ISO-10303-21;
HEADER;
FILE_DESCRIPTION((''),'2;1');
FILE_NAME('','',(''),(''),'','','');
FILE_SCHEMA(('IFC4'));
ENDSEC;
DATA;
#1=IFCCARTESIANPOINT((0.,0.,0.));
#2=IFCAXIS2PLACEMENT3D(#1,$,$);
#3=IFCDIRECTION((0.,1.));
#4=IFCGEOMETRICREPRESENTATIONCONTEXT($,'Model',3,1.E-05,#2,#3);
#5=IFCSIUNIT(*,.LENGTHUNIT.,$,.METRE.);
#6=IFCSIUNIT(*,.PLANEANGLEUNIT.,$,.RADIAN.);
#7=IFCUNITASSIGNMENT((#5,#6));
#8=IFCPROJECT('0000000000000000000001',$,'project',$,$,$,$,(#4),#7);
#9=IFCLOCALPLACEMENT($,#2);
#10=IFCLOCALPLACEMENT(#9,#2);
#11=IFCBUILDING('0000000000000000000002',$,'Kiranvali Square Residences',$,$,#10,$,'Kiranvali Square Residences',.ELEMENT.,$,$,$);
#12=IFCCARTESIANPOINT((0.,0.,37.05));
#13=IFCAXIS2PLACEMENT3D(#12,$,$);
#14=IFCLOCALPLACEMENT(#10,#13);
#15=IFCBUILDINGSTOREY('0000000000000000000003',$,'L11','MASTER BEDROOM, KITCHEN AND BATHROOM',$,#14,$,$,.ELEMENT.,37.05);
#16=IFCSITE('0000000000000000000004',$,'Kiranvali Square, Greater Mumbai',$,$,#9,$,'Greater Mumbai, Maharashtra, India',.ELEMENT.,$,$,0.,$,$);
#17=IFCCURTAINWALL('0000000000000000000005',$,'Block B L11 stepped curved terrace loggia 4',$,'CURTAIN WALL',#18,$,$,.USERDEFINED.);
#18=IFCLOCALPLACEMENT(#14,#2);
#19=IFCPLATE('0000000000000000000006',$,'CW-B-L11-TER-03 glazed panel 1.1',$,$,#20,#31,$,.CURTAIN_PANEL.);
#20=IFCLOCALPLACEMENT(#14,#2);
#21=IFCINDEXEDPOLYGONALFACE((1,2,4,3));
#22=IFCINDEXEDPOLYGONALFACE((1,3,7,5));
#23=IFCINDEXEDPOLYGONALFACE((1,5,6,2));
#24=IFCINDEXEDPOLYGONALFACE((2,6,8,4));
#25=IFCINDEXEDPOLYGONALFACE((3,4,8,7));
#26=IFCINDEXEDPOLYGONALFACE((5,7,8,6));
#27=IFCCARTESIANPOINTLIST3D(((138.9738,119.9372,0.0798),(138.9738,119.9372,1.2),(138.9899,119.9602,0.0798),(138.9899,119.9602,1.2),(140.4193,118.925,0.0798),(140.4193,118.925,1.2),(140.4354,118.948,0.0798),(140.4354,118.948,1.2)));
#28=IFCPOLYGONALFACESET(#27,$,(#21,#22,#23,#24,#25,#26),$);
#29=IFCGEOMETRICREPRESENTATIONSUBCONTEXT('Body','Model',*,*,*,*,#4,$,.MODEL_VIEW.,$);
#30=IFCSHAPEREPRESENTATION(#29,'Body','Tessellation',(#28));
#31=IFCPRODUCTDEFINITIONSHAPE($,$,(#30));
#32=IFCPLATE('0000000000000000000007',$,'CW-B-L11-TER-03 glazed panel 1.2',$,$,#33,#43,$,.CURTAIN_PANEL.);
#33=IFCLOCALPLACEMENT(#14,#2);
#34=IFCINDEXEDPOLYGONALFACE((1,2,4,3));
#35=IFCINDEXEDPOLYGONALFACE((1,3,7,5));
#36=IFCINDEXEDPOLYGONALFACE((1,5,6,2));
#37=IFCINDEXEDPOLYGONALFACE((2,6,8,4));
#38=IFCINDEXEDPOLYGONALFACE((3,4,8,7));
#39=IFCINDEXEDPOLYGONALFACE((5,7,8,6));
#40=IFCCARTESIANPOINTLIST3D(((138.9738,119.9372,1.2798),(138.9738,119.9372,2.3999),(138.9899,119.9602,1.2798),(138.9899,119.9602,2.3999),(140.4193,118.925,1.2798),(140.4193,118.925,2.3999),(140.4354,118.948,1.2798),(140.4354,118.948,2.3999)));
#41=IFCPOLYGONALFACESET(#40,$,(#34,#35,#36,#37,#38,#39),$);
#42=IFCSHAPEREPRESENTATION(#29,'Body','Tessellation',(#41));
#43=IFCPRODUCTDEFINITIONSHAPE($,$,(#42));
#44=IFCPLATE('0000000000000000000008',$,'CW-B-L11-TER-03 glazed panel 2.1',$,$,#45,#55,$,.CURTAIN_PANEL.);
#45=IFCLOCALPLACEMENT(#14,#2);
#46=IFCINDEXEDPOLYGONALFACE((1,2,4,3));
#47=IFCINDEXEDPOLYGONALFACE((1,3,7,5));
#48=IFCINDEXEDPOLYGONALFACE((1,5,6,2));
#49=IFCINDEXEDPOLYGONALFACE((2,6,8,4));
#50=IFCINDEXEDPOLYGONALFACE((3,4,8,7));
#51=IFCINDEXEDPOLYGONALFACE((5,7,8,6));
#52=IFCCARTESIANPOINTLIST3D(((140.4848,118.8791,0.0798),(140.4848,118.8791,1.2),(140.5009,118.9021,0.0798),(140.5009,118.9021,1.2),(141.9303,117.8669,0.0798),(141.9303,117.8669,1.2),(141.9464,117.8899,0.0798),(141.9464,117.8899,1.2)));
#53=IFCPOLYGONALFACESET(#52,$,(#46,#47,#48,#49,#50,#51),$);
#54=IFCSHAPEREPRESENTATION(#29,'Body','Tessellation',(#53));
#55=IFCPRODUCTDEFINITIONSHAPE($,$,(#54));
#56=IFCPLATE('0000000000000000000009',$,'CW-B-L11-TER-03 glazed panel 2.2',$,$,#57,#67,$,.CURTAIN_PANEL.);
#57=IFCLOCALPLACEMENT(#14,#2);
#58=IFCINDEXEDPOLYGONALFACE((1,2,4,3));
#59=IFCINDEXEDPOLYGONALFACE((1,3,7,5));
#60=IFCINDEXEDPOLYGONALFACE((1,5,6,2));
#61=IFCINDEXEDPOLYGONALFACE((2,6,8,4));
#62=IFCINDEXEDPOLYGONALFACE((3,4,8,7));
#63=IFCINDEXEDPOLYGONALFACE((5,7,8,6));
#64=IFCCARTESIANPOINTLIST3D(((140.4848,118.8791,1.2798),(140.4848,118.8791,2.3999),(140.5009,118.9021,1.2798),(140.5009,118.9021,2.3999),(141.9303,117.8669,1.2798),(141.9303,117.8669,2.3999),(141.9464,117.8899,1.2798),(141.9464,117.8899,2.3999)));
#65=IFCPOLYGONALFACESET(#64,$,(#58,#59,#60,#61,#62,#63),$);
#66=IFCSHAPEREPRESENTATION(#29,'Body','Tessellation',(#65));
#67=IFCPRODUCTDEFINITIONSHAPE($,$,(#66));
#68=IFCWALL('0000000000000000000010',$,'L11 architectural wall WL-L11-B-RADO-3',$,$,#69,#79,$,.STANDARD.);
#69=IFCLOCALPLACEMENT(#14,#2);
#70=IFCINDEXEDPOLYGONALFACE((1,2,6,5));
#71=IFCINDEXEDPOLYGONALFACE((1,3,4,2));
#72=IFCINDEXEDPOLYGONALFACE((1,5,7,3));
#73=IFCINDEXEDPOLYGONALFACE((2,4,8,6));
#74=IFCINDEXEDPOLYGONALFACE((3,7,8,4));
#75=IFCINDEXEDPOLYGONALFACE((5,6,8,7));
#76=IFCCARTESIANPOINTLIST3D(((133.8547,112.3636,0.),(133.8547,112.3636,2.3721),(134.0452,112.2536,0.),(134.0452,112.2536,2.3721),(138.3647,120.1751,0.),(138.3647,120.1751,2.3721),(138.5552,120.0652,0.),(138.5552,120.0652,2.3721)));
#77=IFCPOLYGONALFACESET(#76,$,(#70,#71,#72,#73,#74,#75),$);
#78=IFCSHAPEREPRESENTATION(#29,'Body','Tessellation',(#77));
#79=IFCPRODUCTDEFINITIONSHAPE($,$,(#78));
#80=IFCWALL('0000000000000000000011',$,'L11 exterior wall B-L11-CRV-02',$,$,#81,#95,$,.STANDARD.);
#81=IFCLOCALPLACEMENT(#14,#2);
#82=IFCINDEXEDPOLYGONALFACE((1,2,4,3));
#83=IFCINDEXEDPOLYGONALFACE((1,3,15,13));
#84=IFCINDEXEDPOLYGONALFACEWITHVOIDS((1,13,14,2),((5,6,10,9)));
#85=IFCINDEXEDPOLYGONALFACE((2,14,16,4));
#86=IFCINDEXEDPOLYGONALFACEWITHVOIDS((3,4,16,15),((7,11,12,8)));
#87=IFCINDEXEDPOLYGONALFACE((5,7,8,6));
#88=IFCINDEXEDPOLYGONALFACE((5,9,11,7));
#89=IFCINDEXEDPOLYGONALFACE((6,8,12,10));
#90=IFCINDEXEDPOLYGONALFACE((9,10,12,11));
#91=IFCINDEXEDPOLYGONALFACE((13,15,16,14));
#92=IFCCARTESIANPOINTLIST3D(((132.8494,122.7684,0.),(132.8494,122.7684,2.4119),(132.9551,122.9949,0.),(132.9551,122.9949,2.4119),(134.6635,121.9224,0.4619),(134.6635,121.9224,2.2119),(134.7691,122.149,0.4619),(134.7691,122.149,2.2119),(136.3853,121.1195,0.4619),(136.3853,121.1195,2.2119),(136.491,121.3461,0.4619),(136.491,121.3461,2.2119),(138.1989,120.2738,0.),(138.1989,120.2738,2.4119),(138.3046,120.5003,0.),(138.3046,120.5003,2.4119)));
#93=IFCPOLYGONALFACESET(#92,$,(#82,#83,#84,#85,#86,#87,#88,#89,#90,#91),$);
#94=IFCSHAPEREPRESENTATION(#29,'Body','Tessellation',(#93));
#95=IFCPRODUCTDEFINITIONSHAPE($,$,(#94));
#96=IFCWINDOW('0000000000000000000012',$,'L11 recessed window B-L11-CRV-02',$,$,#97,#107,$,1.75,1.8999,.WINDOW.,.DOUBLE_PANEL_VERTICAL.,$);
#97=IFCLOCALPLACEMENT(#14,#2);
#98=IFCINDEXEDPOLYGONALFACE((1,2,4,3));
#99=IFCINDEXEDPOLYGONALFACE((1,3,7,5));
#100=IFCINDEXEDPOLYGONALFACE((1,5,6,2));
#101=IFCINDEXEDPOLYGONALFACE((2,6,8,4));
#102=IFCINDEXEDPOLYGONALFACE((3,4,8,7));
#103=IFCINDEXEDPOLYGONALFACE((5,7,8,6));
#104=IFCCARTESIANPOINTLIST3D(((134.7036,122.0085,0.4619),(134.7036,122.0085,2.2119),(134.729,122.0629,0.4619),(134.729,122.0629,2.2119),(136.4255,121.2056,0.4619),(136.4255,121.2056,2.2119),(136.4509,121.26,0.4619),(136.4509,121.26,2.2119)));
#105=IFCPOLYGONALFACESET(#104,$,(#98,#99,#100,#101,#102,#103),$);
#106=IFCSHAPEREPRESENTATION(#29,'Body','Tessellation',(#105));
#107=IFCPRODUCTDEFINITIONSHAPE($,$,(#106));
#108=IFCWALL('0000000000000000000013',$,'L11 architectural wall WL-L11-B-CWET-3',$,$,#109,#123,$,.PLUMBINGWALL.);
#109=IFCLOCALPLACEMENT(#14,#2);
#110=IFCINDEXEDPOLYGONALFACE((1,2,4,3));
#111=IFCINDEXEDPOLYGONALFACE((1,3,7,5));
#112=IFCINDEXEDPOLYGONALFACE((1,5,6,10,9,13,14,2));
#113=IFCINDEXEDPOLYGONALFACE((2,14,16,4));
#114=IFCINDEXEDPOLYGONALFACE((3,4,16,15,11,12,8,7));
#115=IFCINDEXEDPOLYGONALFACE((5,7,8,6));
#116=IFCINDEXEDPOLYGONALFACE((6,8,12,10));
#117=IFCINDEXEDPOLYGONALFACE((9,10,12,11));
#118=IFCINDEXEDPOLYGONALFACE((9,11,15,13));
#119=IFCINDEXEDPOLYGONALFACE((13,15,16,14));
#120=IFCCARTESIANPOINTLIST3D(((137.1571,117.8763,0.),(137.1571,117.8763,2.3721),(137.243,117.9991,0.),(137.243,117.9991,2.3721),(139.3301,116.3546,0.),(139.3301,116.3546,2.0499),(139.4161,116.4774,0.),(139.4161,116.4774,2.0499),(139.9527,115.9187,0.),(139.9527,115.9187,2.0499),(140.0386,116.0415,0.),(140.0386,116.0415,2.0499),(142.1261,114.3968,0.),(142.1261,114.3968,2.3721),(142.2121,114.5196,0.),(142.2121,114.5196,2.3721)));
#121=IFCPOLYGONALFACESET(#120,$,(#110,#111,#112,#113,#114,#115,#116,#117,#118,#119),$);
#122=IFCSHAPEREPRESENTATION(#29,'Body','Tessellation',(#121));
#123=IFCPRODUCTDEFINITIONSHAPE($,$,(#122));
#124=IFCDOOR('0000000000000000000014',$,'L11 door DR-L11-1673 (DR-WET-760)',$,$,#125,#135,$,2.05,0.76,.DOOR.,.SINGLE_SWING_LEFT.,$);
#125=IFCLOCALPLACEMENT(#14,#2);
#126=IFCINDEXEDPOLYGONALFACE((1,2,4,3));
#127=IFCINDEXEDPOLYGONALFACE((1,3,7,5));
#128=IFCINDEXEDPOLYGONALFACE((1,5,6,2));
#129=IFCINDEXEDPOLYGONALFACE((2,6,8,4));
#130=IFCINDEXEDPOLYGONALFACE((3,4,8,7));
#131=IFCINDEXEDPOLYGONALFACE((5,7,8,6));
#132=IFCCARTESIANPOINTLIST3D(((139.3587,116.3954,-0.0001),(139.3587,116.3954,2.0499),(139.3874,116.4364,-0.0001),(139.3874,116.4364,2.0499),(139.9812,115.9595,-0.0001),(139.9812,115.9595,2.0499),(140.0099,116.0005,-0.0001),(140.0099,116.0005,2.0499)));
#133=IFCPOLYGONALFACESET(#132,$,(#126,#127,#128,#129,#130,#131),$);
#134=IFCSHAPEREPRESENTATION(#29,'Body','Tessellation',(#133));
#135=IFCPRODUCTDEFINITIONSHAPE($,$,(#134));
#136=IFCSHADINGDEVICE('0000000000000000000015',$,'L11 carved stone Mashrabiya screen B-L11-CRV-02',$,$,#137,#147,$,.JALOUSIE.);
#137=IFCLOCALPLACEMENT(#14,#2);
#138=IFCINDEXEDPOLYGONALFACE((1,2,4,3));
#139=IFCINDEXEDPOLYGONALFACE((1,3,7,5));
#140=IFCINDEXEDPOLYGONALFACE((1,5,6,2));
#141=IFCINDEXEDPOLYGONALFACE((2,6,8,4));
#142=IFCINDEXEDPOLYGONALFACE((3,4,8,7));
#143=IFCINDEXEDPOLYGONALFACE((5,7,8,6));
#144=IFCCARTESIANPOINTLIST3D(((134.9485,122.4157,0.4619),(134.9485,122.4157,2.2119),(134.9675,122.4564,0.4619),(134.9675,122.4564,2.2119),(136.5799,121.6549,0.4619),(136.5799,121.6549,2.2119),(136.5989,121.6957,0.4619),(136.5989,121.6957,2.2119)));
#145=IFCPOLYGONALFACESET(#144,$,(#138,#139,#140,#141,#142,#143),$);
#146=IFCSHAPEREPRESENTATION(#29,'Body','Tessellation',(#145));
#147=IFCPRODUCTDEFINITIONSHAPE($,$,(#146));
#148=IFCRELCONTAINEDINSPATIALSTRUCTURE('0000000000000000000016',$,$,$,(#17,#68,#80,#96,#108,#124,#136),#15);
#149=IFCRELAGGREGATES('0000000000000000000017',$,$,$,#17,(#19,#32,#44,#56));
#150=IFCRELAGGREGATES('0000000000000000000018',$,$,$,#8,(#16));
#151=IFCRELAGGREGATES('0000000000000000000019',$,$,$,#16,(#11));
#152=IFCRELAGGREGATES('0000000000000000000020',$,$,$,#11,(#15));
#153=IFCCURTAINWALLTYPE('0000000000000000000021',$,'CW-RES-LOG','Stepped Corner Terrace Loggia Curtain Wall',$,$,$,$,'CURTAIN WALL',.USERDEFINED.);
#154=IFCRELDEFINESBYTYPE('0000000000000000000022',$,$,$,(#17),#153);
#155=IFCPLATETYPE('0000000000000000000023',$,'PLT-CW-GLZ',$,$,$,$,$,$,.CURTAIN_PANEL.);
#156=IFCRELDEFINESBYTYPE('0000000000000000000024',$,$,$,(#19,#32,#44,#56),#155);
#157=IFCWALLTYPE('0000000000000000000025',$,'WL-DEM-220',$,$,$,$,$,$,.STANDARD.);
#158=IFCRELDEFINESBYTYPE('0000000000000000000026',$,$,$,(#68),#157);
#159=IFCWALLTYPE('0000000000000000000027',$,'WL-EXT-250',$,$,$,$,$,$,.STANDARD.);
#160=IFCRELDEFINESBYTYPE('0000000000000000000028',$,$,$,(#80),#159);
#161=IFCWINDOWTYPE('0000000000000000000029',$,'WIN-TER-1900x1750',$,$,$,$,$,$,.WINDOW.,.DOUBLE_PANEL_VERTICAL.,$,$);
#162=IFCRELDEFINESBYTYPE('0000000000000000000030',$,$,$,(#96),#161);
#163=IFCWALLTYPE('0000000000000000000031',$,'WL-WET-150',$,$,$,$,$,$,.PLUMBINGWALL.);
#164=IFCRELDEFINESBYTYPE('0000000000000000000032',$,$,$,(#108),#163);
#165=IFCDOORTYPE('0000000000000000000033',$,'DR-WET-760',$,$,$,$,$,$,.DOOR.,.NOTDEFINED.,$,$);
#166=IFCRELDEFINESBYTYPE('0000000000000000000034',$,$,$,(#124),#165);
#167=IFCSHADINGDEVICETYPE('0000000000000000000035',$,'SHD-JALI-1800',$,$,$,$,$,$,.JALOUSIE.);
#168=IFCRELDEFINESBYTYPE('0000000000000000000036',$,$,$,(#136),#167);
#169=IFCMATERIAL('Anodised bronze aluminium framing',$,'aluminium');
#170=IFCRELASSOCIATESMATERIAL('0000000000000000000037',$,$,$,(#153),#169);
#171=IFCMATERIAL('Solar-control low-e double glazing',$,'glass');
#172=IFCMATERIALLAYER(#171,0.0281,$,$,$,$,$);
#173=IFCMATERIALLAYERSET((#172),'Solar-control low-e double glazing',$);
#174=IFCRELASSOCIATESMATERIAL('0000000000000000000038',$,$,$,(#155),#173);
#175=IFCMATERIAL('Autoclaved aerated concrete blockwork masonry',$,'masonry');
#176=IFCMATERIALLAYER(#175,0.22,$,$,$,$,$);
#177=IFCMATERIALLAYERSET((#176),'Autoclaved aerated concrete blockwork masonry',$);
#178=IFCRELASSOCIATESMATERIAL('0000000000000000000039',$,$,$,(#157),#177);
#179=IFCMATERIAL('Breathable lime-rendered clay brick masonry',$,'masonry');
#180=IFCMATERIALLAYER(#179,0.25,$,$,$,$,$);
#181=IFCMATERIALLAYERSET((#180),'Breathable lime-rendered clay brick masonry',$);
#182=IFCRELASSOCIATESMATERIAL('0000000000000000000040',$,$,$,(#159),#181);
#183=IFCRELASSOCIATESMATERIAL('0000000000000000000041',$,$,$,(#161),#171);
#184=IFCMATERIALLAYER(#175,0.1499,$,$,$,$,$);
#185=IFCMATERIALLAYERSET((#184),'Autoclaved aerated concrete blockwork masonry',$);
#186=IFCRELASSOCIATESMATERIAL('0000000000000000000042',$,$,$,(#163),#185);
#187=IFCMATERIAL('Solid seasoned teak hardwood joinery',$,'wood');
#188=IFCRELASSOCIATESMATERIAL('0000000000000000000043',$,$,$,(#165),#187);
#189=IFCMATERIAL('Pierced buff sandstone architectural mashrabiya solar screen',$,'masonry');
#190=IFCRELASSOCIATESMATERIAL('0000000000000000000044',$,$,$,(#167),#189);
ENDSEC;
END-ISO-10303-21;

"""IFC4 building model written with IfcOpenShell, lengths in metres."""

from ifc_helpers import new_model, si_unit, direction, frame, frame_2d, origin, origin_2d, place, context, subcontext, project, spatial, rectangle, extrude, material, layer, layer_set, type_object, element, fill, aggregate, save


model = new_model("IFC4")

# Units and contexts
model_context = context("Model", 3, precision=1e-05, world=origin(), true_north=direction((0.0, 1.0)))
body_context = subcontext(model_context, "Body", "Model", "MODEL_VIEW")
ifc_project = project(units=[si_unit("LENGTHUNIT", "METRE"), si_unit("PLANEANGLEUNIT", "RADIAN")], contexts=[model_context])

# Site, building, storey
site_placement = place(None, origin())
site = spatial("IfcSite", under=ifc_project, at=site_placement, Name="Kiranvali Square, Greater Mumbai", LongName="Greater Mumbai, Maharashtra, India", CompositionType="ELEMENT", RefElevation=0.0)
building_placement = place(site_placement, origin())
building = spatial("IfcBuilding", under=site, at=building_placement, Name="Kiranvali Square Residences", LongName="Kiranvali Square Residences", CompositionType="ELEMENT")
storey_placement = place(building_placement, frame((0.0, 0.0, 37.05)))
storey = spatial("IfcBuildingStorey", under=building, at=storey_placement, Name="L11", Description="MASTER BEDROOM, KITCHEN AND BATHROOM", CompositionType="ELEMENT", Elevation=37.05)

# Curtain wall
ifc_material_1 = material(Name="Anodised bronze aluminium framing", Category="aluminium")
curtain_wall_type = type_object("IfcCurtainWallType", Name="CW-RES-LOG", Description="Stepped Corner Terrace Loggia Curtain Wall", ElementType="CURTAIN WALL", PredefinedType="USERDEFINED", material=ifc_material_1)
curtain_wall_placement = place(storey_placement, origin())
curtain_wall = element("IfcCurtainWall", 1, at=curtain_wall_placement, inside=storey, type_object=curtain_wall_type, Name="Block B L11 stepped curved terrace loggia 4", ObjectType="CURTAIN WALL", PredefinedType="USERDEFINED")

# Plates
ifc_material_2 = material(Name="Solar-control low-e double glazing", Category="glass")
ifc_layer_1 = layer(ifc_material_2, 0.0281)
ifc_layer_set_1 = layer_set([ifc_layer_1], Name="Solar-control low-e double glazing")
plate_type = type_object("IfcPlateType", Name="PLT-CW-GLZ", PredefinedType="CURTAIN_PANEL", material=ifc_layer_set_1)
plate_1_placement = place(storey_placement, frame((139.7046, 119.4426, 0.0798), z_axis=(0.0, 0.0, 1.0), x_axis=(0.819152, -0.573576, 0.0)))
plate_1 = element("IfcPlate", 2, at=plate_1_placement, type_object=plate_type, Name="CW-B-L11-TER-03 glazed panel 1.1", PredefinedType="CURTAIN_PANEL", context=body_context, shape_type="SweptSolid", body=[
    extrude(rectangle(XDim=1.7646, YDim=0.0281, at=origin_2d()), origin(), (0.0, 0.0, 1.0), 1.1201),
])
plate_2_placement = place(storey_placement, frame((139.7046, 119.4426, 1.2798), z_axis=(0.0, 0.0, 1.0), x_axis=(0.819152, -0.573576, 0.0)))
plate_2 = element("IfcPlate", 3, at=plate_2_placement, type_object=plate_type, Name="CW-B-L11-TER-03 glazed panel 1.2", PredefinedType="CURTAIN_PANEL", context=body_context, shape_type="SweptSolid", body=[
    extrude(rectangle(XDim=1.7646, YDim=0.0281, at=origin_2d()), origin(), (0.0, 0.0, 1.0), 1.1201),
])
plate_3_placement = place(storey_placement, frame((141.2156, 118.3845, 0.0798), z_axis=(0.0, 0.0, 1.0), x_axis=(0.819152, -0.573576, 0.0)))
plate_3 = element("IfcPlate", 4, at=plate_3_placement, type_object=plate_type, Name="CW-B-L11-TER-03 glazed panel 2.1", PredefinedType="CURTAIN_PANEL", context=body_context, shape_type="SweptSolid", body=[
    extrude(rectangle(XDim=1.7646, YDim=0.0281, at=origin_2d()), origin(), (0.0, 0.0, 1.0), 1.1201),
])
plate_4_placement = place(storey_placement, frame((141.2156, 118.3845, 1.2798), z_axis=(0.0, 0.0, 1.0), x_axis=(0.819152, -0.573576, 0.0)))
plate_4 = element("IfcPlate", 5, at=plate_4_placement, type_object=plate_type, Name="CW-B-L11-TER-03 glazed panel 2.2", PredefinedType="CURTAIN_PANEL", context=body_context, shape_type="SweptSolid", body=[
    extrude(rectangle(XDim=1.7646, YDim=0.0281, at=origin_2d()), origin(), (0.0, 0.0, 1.0), 1.1201),
])
aggregate(curtain_wall, [plate_1, plate_2, plate_3, plate_4])

# Shared definitions
ifc_material_3 = material(Name="Autoclaved aerated concrete blockwork masonry", Category="masonry")

# Wall
ifc_layer_2 = layer(ifc_material_3, 0.22)
ifc_layer_set_2 = layer_set([ifc_layer_2], Name="Autoclaved aerated concrete blockwork masonry")
wall_type_1 = type_object("IfcWallType", Name="WL-DEM-220", PredefinedType="STANDARD", material=ifc_layer_set_2)
wall_1_placement = place(storey_placement, frame((133.95, 112.3086, 0.0), z_axis=(0.0, 0.0, 1.0), x_axis=(0.500002, 0.866024, 0.0)))
element("IfcWall", 6, at=wall_1_placement, inside=storey, type_object=wall_type_1, Name="L11 architectural wall WL-L11-B-RADO-3", PredefinedType="STANDARD", context=body_context, shape_type="SweptSolid", body=[
    extrude(rectangle(XDim=9.02, YDim=0.22, at=frame_2d((4.51, 0.0))), origin(), (0.0, 0.0, 1.0), 2.3721),
])

# Wall, opening, window
ifc_material_4 = material(Name="Breathable lime-rendered clay brick masonry", Category="masonry")
ifc_layer_3 = layer(ifc_material_4, 0.25)
ifc_layer_set_3 = layer_set([ifc_layer_3], Name="Breathable lime-rendered clay brick masonry")
wall_type_2 = type_object("IfcWallType", Name="WL-EXT-250", PredefinedType="STANDARD", material=ifc_layer_set_3)
wall_2_placement = place(storey_placement, frame((132.9023, 122.8816, 0.0), z_axis=(0.0, 0.0, 1.0), x_axis=(0.906304, -0.422627, 0.0)))
wall_2 = element("IfcWall", 7, at=wall_2_placement, inside=storey, type_object=wall_type_2, Name="L11 exterior wall B-L11-CRV-02", PredefinedType="STANDARD", context=body_context, shape_type="SweptSolid", body=[
    extrude(rectangle(XDim=5.9026, YDim=0.25, at=frame_2d((2.9512, 0.0))), origin(), (0.0, 0.0, 1.0), 2.4119),
])
opening_1_placement = place(wall_2_placement, frame((2.0015, 0.0, 0.4619)))
opening_1 = element("IfcOpeningElement", 8, at=opening_1_placement, cuts=wall_2, PredefinedType="OPENING", context=body_context, shape_type="SweptSolid", body=[
    extrude(rectangle(XDim=1.8999, YDim=1.75, at=frame_2d((0.95, 0.875))), frame((0.0, 0.135, 0.0), z_axis=(0.0, -1.0, 0.0), x_axis=(1.0, 0.0, 0.0)), (0.0, 0.0, 1.0), 0.27),
])
window_type = type_object("IfcWindowType", Name="WIN-TER-1900x1750", PartitioningType="DOUBLE_PANEL_VERTICAL", PredefinedType="WINDOW", material=ifc_material_2)
window_placement = place(opening_1_placement, origin())
window = element("IfcWindow", 9, at=window_placement, inside=storey, type_object=window_type, Name="L11 recessed window B-L11-CRV-02", OverallHeight=1.75, OverallWidth=1.8999, PartitioningType="DOUBLE_PANEL_VERTICAL", PredefinedType="WINDOW", context=body_context, shape_type="SweptSolid", body=[
    extrude(rectangle(XDim=1.8999, YDim=1.75, at=frame_2d((0.95, 0.875))), frame((0.0, 0.03, 0.0), z_axis=(0.0, -1.0, 0.0), x_axis=(1.0, 0.0, 0.0)), (0.0, 0.0, 1.0), 0.0601),
])
fill(opening_1, window)

# Wall, opening, door
ifc_layer_4 = layer(ifc_material_3, 0.1499)
ifc_layer_set_4 = layer_set([ifc_layer_4], Name="Autoclaved aerated concrete blockwork masonry")
wall_type_3 = type_object("IfcWallType", Name="WL-WET-150", PredefinedType="PLUMBINGWALL", material=ifc_layer_set_4)
wall_3_placement = place(storey_placement, frame((137.2, 117.9377, 0.0), z_axis=(0.0, 0.0, 1.0), x_axis=(0.819139, -0.573595, 0.0)))
wall_3 = element("IfcWall", 10, at=wall_3_placement, inside=storey, type_object=wall_type_3, Name="L11 architectural wall WL-L11-B-CWET-3", PredefinedType="PLUMBINGWALL", context=body_context, shape_type="SweptSolid", body=[
    extrude(rectangle(XDim=6.0662, YDim=0.1499, at=frame_2d((3.0332, 0.0))), origin(), (0.0, 0.0, 1.0), 2.3721),
])
opening_2_placement = place(wall_3_placement, frame((2.6531, 0.0, 0.0)))
opening_2 = element("IfcOpeningElement", 11, at=opening_2_placement, cuts=wall_3, PredefinedType="OPENING", context=body_context, shape_type="SweptSolid", body=[
    extrude(rectangle(XDim=0.76, YDim=2.05, at=frame_2d((0.3799, 1.0249))), frame((0.0, 0.085, 0.0), z_axis=(0.0, -1.0, 0.0), x_axis=(1.0, 0.0, 0.0)), (0.0, 0.0, 1.0), 0.1699),
])
ifc_material_5 = material(Name="Solid seasoned teak hardwood joinery", Category="wood")
door_type_1 = type_object("IfcDoorType", Name="DR-WET-760", OperationType="NOTDEFINED", PredefinedType="DOOR", material=ifc_material_5)
door_1_placement = place(opening_2_placement, origin())
door_1 = element("IfcDoor", 12, at=door_1_placement, inside=storey, type_object=door_type_1, Name="L11 door DR-L11-1673 (DR-WET-760)", OperationType="SINGLE_SWING_LEFT", OverallHeight=2.05, OverallWidth=0.76, PredefinedType="DOOR", context=body_context, shape_type="SweptSolid", body=[
    extrude(rectangle(XDim=0.76, YDim=2.05, at=frame_2d((0.3799, 1.0249))), frame((0.0, 0.0249, 0.0), z_axis=(0.0, -1.0, 0.0), x_axis=(1.0, 0.0, 0.0)), (0.0, 0.0, 1.0), 0.05),
])
fill(opening_2, door_1)

# Shading device
ifc_material_6 = material(Name="Pierced buff sandstone architectural mashrabiya solar screen", Category="masonry")
shading_device_type = type_object("IfcShadingDeviceType", Name="SHD-JALI-1800", PredefinedType="JALOUSIE", material=ifc_material_6)
shading_device_placement = place(storey_placement, frame((135.7737, 122.0557, 0.4619), z_axis=(0.0, 0.0, 1.0), x_axis=(0.906308, -0.422618, 0.0)))
element("IfcShadingDevice", 13, at=shading_device_placement, inside=storey, type_object=shading_device_type, Name="L11 carved stone Mashrabiya screen B-L11-CRV-02", PredefinedType="JALOUSIE", context=body_context, shape_type="SweptSolid", body=[
    extrude(rectangle(XDim=1.8, YDim=0.0449, at=origin_2d()), origin(), (0.0, 0.0, 1.0), 1.75),
])

save(model, "model.ifc")
